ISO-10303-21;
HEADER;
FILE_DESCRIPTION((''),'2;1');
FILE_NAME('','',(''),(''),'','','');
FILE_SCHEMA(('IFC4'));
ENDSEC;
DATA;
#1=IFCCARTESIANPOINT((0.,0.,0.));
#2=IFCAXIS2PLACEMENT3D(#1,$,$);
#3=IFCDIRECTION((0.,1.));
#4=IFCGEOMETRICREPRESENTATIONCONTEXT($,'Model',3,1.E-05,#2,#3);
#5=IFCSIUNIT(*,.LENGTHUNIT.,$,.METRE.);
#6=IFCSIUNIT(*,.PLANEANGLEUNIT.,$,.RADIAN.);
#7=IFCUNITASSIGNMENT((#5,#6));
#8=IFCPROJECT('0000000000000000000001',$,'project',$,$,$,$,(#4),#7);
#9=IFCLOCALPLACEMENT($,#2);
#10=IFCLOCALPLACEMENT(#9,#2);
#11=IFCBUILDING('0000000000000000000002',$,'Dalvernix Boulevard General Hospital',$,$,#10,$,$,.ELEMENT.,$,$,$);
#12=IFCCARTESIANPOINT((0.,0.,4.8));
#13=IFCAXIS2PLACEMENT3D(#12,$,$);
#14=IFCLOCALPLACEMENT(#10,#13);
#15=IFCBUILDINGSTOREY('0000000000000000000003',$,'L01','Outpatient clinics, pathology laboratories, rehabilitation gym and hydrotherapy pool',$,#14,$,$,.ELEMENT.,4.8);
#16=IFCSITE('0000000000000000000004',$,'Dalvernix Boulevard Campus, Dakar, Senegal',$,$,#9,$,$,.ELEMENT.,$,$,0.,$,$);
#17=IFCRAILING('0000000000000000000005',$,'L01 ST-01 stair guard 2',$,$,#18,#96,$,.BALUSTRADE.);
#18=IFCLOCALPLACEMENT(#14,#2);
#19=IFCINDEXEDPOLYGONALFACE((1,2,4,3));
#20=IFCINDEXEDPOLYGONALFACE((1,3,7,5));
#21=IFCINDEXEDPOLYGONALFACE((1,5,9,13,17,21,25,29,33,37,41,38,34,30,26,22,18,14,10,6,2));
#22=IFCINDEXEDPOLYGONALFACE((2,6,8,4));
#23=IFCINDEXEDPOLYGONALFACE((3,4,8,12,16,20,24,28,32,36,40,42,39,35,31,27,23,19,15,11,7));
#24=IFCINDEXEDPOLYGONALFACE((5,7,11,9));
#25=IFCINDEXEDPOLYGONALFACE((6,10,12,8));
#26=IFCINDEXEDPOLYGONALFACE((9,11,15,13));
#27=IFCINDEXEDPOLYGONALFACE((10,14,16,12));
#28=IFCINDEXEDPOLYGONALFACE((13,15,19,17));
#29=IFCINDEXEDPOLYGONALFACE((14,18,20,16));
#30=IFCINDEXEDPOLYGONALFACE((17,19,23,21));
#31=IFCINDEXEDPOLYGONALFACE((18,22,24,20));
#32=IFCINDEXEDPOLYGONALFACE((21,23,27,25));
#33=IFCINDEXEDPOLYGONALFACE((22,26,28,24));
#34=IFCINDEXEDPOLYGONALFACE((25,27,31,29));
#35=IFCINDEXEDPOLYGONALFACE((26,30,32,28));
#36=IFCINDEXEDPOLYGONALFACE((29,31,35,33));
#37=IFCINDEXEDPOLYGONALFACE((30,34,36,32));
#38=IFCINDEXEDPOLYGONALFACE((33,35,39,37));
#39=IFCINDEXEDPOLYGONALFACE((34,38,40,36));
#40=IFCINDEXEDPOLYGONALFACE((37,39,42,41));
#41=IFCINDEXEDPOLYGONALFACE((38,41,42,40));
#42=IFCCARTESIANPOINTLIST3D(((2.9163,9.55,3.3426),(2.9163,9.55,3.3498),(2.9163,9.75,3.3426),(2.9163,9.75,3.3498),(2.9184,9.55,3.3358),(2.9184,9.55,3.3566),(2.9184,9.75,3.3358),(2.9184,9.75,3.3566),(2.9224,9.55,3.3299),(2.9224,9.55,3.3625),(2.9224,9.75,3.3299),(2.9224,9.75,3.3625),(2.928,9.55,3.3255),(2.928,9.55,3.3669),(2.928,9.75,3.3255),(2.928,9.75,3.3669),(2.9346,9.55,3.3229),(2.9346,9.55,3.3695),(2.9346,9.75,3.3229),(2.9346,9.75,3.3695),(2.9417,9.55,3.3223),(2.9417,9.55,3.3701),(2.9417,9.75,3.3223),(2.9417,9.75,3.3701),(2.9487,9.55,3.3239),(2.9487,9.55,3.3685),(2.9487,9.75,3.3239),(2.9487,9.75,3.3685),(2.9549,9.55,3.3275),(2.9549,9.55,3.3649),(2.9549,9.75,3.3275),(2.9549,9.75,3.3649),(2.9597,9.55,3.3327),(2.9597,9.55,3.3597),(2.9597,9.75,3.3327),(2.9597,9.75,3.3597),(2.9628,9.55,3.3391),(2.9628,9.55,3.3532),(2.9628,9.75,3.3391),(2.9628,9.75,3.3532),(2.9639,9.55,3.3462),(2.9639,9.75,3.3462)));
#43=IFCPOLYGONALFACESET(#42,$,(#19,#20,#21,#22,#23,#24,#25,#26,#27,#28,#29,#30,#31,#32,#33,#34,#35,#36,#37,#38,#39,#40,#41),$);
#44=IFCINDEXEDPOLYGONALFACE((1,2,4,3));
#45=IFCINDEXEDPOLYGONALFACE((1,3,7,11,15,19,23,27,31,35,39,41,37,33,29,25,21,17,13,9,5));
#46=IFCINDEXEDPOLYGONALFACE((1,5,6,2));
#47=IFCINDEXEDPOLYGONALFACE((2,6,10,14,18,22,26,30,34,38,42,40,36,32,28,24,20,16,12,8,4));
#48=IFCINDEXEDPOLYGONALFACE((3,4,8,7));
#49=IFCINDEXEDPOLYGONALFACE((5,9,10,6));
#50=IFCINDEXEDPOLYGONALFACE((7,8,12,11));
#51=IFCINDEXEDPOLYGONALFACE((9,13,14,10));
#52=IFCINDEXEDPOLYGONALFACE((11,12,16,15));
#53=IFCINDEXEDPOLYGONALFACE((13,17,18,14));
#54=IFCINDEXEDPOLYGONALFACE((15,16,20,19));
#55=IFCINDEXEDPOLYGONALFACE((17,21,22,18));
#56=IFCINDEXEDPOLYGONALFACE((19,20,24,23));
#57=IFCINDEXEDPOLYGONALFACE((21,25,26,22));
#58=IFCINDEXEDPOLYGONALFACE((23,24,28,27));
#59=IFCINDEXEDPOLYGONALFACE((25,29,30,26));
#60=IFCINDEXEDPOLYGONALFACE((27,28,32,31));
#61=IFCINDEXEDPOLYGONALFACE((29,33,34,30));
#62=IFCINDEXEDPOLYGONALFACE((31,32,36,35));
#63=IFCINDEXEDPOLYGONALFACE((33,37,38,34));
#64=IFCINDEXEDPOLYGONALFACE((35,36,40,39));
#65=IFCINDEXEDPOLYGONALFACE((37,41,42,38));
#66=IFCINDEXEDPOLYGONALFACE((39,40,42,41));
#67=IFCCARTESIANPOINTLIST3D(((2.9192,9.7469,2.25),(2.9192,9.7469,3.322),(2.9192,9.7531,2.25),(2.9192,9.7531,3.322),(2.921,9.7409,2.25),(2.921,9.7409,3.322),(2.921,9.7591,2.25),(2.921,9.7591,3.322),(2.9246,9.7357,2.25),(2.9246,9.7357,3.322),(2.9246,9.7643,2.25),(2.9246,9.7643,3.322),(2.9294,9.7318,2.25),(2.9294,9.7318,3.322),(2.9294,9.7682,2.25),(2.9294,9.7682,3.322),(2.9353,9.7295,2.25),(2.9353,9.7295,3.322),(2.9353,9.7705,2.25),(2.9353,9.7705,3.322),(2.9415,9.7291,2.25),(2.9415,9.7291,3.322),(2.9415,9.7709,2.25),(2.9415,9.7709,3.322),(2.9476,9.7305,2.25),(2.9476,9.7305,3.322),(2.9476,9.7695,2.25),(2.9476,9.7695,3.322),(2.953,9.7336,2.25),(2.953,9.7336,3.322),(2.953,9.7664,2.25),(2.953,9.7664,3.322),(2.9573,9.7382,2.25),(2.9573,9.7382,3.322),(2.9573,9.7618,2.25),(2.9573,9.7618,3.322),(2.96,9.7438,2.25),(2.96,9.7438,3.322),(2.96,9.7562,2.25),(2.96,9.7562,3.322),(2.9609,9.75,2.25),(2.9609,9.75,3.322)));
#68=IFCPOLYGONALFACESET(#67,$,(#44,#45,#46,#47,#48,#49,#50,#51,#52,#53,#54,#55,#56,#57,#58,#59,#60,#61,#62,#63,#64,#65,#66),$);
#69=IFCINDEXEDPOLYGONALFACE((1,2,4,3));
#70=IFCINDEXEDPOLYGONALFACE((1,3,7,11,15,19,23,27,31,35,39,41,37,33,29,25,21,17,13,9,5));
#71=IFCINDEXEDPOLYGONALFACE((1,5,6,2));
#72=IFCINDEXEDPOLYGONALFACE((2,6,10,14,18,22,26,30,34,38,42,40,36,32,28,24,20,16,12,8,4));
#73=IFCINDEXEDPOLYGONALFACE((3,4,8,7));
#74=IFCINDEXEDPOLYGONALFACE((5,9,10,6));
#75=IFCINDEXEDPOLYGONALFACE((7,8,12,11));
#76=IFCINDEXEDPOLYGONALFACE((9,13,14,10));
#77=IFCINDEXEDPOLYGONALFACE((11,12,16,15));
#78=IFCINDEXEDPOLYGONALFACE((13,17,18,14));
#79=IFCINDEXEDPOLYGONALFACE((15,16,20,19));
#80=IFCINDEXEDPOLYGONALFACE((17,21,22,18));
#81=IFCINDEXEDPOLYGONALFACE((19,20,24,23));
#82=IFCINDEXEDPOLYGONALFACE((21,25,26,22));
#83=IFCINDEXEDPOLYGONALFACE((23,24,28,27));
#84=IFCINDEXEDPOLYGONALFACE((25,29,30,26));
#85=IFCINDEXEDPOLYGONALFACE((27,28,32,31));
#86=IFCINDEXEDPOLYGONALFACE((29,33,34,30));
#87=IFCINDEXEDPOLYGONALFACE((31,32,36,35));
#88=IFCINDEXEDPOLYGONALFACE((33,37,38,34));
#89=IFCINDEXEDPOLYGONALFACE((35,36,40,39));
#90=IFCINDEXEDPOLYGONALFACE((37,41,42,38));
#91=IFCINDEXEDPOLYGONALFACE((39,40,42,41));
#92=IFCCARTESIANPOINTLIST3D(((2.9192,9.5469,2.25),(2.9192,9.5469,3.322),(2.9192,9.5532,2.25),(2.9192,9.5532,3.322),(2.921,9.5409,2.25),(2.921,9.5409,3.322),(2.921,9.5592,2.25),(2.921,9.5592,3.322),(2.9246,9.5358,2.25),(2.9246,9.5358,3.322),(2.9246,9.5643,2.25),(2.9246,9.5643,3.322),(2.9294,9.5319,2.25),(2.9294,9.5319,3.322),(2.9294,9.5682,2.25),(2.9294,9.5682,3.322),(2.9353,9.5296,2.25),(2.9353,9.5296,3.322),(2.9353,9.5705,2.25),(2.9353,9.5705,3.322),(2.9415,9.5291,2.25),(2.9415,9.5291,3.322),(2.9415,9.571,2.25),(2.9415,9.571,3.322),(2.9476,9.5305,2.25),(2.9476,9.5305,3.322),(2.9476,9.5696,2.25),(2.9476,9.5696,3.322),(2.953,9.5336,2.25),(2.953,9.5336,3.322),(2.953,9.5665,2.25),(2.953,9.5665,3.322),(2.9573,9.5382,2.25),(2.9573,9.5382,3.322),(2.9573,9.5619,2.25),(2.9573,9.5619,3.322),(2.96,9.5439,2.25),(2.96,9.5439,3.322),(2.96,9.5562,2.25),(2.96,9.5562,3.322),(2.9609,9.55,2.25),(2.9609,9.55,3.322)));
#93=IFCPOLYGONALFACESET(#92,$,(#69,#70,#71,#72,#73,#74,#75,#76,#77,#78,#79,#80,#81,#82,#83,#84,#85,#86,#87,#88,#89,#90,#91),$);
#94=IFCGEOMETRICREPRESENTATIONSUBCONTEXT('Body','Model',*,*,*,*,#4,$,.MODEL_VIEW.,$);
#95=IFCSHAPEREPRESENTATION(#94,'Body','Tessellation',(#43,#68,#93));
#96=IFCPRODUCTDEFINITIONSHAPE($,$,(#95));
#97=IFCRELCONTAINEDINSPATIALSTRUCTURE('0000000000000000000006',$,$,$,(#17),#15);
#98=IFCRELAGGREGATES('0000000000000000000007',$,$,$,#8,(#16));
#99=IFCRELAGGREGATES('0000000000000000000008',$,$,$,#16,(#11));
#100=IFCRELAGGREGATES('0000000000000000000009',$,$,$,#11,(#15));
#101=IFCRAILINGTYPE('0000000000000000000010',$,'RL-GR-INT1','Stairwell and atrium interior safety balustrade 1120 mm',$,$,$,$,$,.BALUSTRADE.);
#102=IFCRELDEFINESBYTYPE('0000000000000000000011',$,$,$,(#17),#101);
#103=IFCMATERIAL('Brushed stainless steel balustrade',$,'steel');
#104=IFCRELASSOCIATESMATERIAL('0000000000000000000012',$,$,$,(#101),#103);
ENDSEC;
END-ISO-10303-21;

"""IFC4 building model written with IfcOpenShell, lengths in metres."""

from ifc_helpers import new_model, si_unit, direction, frame, origin, origin_2d, place, context, subcontext, project, spatial, circle, extrude, material, type_object, element, save


model = new_model("IFC4")

# Units and contexts
model_context = context("Model", 3, precision=1e-05, world=origin(), true_north=direction((0.0, 1.0)))
body_context = subcontext(model_context, "Body", "Model", "MODEL_VIEW")
ifc_project = project(units=[si_unit("LENGTHUNIT", "METRE"), si_unit("PLANEANGLEUNIT", "RADIAN")], contexts=[model_context])

# Site, building, storey
site_placement = place(None, origin())
site = spatial("IfcSite", under=ifc_project, at=site_placement, Name="Dalvernix Boulevard Campus, Dakar, Senegal", CompositionType="ELEMENT", RefElevation=0.0)
building_placement = place(site_placement, origin())
building = spatial("IfcBuilding", under=site, at=building_placement, Name="Dalvernix Boulevard General Hospital", CompositionType="ELEMENT")
storey_placement = place(building_placement, frame((0.0, 0.0, 4.8)))
storey = spatial("IfcBuildingStorey", under=building, at=storey_placement, Name="L01", Description="Outpatient clinics, pathology laboratories, rehabilitation gym and hydrotherapy pool", CompositionType="ELEMENT", Elevation=4.8)

# Railing
ifc_material_1 = material(Name="Brushed stainless steel balustrade", Category="steel")
railing_type_1 = type_object("IfcRailingType", Name="RL-GR-INT1", Description="Stairwell and atrium interior safety balustrade 1120 mm", PredefinedType="BALUSTRADE", material=ifc_material_1)
railing_1_placement = place(storey_placement, frame((2.9399, 9.75, 2.25)))
element("IfcRailing", 1, at=railing_1_placement, inside=storey, type_object=railing_type_1, Name="L01 ST-01 stair guard 2", PredefinedType="BALUSTRADE", context=body_context, shape_type="SweptSolid", body=[
    extrude(circle(Radius=0.0239, at=origin_2d()), frame((0.0, 0.0, 1.0962), z_axis=(0.0, -1.0, 0.0), x_axis=(1.0, 0.0, 0.0)), (0.0, 0.0, 1.0), 0.2),
    extrude(circle(Radius=0.021, at=origin_2d()), origin(), (0.0, 0.0, 1.0), 1.072),
    extrude(circle(Radius=0.021, at=origin_2d()), frame((0.0, -0.2, 0.0)), (0.0, 0.0, 1.0), 1.072),
])

save(model, "model.ifc")
